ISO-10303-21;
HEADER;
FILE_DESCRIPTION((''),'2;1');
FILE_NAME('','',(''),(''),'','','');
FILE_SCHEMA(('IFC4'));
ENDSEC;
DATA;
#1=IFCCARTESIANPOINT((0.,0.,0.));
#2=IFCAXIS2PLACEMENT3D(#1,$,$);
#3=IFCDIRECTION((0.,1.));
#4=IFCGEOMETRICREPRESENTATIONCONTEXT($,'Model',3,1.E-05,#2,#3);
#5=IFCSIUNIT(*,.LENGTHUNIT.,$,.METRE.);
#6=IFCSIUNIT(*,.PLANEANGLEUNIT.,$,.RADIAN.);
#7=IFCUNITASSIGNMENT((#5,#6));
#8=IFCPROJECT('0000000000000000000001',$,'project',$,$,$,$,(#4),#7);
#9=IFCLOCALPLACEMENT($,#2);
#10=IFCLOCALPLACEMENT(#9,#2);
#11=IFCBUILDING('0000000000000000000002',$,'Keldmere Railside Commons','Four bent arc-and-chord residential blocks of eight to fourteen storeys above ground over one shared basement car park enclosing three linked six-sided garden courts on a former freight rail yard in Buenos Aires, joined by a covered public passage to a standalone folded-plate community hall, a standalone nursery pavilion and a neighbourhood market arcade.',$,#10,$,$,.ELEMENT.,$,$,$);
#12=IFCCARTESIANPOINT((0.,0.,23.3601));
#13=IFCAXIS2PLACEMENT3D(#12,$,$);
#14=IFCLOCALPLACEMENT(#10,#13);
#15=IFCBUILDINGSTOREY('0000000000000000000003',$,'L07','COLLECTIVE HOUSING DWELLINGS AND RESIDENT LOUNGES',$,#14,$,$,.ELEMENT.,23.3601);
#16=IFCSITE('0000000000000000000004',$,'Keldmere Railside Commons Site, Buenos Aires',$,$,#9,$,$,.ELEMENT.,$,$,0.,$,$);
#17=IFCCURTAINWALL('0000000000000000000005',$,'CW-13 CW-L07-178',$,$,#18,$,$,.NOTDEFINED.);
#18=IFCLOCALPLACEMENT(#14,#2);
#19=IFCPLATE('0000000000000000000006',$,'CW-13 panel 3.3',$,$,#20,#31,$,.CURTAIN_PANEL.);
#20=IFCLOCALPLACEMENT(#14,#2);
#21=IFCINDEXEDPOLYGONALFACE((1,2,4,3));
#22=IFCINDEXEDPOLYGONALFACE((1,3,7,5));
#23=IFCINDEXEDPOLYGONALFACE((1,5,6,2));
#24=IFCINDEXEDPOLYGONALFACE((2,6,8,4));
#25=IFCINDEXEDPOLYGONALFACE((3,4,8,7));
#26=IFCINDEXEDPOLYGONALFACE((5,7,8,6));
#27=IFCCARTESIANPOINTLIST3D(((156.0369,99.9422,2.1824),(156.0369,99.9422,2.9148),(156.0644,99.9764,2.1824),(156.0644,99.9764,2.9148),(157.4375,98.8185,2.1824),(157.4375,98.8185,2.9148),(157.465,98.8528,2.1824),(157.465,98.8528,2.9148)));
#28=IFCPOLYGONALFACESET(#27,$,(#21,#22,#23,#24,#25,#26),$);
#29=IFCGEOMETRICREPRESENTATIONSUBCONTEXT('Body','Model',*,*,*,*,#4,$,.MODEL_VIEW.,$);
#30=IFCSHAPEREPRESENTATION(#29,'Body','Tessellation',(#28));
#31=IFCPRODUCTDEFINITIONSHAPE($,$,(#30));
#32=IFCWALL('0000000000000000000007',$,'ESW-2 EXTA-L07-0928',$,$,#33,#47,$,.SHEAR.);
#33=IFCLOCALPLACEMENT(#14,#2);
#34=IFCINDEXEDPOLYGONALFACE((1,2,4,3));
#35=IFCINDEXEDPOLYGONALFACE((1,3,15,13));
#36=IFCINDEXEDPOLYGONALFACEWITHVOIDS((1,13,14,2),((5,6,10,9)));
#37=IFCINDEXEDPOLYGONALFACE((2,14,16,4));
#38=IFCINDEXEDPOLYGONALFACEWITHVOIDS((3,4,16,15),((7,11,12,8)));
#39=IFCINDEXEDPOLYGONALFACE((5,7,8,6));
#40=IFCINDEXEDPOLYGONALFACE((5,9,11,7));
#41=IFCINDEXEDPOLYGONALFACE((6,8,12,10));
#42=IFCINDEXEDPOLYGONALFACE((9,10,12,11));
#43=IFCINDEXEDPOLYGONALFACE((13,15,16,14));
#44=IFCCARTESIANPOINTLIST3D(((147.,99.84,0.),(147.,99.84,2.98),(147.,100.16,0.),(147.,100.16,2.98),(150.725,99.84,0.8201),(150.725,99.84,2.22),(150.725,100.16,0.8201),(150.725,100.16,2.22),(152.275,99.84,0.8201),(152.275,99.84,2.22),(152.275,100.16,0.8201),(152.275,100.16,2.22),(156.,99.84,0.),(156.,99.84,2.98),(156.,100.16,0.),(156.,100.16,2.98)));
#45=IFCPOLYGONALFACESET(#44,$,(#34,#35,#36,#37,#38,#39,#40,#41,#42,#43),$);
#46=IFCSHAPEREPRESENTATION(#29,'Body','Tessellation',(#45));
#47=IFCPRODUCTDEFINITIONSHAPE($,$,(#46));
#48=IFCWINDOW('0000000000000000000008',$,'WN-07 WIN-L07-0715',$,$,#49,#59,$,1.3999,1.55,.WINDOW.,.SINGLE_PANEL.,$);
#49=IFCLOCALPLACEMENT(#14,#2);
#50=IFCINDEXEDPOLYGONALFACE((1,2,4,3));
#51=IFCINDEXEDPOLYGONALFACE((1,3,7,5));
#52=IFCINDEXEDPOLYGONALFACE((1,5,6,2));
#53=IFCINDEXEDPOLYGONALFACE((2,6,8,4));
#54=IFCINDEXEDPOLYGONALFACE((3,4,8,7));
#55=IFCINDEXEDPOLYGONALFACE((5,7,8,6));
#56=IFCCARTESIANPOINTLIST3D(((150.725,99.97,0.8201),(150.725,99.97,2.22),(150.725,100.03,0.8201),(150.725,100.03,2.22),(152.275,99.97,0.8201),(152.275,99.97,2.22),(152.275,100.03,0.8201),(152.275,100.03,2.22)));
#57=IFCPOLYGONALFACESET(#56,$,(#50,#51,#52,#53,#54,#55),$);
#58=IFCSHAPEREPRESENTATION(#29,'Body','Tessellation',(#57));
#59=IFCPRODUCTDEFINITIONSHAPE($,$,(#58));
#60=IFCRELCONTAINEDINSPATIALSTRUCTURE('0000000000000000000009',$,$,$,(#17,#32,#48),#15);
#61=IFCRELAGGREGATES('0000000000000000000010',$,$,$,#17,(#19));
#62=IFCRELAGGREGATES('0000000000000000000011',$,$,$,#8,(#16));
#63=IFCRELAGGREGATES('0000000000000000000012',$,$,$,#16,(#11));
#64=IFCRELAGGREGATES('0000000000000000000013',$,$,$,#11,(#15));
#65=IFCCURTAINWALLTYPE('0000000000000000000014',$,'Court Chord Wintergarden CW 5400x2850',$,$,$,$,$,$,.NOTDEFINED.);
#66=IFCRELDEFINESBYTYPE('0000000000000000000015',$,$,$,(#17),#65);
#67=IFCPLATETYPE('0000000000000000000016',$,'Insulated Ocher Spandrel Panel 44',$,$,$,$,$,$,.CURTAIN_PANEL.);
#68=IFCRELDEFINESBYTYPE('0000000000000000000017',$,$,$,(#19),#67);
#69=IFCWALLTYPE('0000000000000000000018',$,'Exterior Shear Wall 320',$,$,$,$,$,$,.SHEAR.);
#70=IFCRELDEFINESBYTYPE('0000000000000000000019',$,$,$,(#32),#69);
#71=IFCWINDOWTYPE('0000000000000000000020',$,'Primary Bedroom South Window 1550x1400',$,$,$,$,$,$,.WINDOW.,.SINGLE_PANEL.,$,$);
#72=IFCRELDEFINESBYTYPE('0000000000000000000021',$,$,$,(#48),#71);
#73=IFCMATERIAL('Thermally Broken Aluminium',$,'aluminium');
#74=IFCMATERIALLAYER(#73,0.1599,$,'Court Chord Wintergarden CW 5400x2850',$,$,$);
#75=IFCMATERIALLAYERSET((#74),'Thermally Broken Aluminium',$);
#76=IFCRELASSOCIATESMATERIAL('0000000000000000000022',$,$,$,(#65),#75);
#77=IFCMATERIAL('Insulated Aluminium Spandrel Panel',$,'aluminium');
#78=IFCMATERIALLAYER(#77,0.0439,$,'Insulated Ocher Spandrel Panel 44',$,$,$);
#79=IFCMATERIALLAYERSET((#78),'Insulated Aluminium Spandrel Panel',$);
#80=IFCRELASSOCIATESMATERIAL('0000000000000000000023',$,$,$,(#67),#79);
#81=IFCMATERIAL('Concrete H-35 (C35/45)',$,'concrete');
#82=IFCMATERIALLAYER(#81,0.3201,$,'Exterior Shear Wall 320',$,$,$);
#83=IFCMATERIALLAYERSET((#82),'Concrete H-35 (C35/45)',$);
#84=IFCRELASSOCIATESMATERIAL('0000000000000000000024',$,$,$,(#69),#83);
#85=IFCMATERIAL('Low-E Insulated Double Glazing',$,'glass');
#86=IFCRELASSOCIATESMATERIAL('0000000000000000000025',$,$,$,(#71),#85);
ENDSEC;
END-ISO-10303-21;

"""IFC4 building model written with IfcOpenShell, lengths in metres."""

from ifc_helpers import new_model, si_unit, direction, frame, frame_2d, origin, origin_2d, place, context, subcontext, project, spatial, rectangle, extrude, material, layer, layer_set, type_object, element, fill, aggregate, save


model = new_model("IFC4")

# Units and contexts
model_context = context("Model", 3, precision=1e-05, world=origin(), true_north=direction((0.0, 1.0)))
body_context = subcontext(model_context, "Body", "Model", "MODEL_VIEW")
ifc_project = project(units=[si_unit("LENGTHUNIT", "METRE"), si_unit("PLANEANGLEUNIT", "RADIAN")], contexts=[model_context])

# Site, building, storey
site_placement = place(None, origin())
site = spatial("IfcSite", under=ifc_project, at=site_placement, Name="Keldmere Railside Commons Site, Buenos Aires", CompositionType="ELEMENT", RefElevation=0.0)
building_placement = place(site_placement, origin())
building = spatial("IfcBuilding", under=site, at=building_placement, Name="Keldmere Railside Commons", Description="Four bent arc-and-chord residential blocks of eight to fourteen storeys above ground over one shared basement car park enclosing three linked six-sided garden courts on a former freight rail yard in Buenos Aires, joined by a covered public passage to a standalone folded-plate community hall, a standalone nursery pavilion and a neighbourhood market arcade.", CompositionType="ELEMENT")
storey_placement = place(building_placement, frame((0.0, 0.0, 23.3601)))
storey = spatial("IfcBuildingStorey", under=building, at=storey_placement, Name="L07", Description="COLLECTIVE HOUSING DWELLINGS AND RESIDENT LOUNGES", CompositionType="ELEMENT", Elevation=23.3601)

# Curtain wall, plate
ifc_material_1 = material(Name="Thermally Broken Aluminium", Category="aluminium")
ifc_layer_1 = layer(ifc_material_1, 0.1599, Name="Court Chord Wintergarden CW 5400x2850")
ifc_layer_set_1 = layer_set([ifc_layer_1], Name="Thermally Broken Aluminium")
curtain_wall_type = type_object("IfcCurtainWallType", Name="Court Chord Wintergarden CW 5400x2850", PredefinedType="NOTDEFINED", material=ifc_layer_set_1)
curtain_wall_placement = place(storey_placement, origin())
curtain_wall = element("IfcCurtainWall", 1, at=curtain_wall_placement, inside=storey, type_object=curtain_wall_type, Name="CW-13 CW-L07-178", PredefinedType="NOTDEFINED")
ifc_material_2 = material(Name="Insulated Aluminium Spandrel Panel", Category="aluminium")
ifc_layer_2 = layer(ifc_material_2, 0.0439, Name="Insulated Ocher Spandrel Panel 44")
ifc_layer_set_2 = layer_set([ifc_layer_2], Name="Insulated Aluminium Spandrel Panel")
plate_type = type_object("IfcPlateType", Name="Insulated Ocher Spandrel Panel 44", PredefinedType="CURTAIN_PANEL", material=ifc_layer_set_2)
plate_1_placement = place(storey_placement, frame((156.751, 99.3975, 2.1824), z_axis=(0.0, 0.0, 1.0), x_axis=(-0.780009, 0.625768, 0.0)))
plate_1 = element("IfcPlate", 2, at=plate_1_placement, type_object=plate_type, Name="CW-13 panel 3.3", PredefinedType="CURTAIN_PANEL", context=body_context, shape_type="SweptSolid", body=[
    extrude(rectangle(XDim=1.7957, YDim=0.0439, at=origin_2d()), origin(), (0.0, 0.0, 1.0), 0.7324),
])
aggregate(curtain_wall, [plate_1])

# Wall, opening, window
ifc_material_3 = material(Name="Concrete H-35 (C35/45)", Category="concrete")
ifc_layer_3 = layer(ifc_material_3, 0.3201, Name="Exterior Shear Wall 320")
ifc_layer_set_3 = layer_set([ifc_layer_3], Name="Concrete H-35 (C35/45)")
wall_type = type_object("IfcWallType", Name="Exterior Shear Wall 320", PredefinedType="SHEAR", material=ifc_layer_set_3)
wall_placement = place(storey_placement, frame((156.0, 100.0, 0.0), z_axis=(0.0, 0.0, 1.0), x_axis=(-1.0, 0.0, 0.0)))
wall = element("IfcWall", 3, at=wall_placement, inside=storey, type_object=wall_type, Name="ESW-2 EXTA-L07-0928", PredefinedType="SHEAR", context=body_context, shape_type="SweptSolid", body=[
    extrude(rectangle(XDim=9.0, YDim=0.3201, at=frame_2d((4.5, 0.0))), origin(), (0.0, 0.0, 1.0), 2.98),
])
opening_placement = place(wall_placement, frame((3.7251, 0.0, 0.8201)))
opening = element("IfcOpeningElement", 4, at=opening_placement, cuts=wall, PredefinedType="OPENING", context=body_context, shape_type="SweptSolid", body=[
    extrude(rectangle(XDim=1.55, YDim=1.3999, at=frame_2d((0.7749, 0.7))), frame((0.0, 0.1699, 0.0), z_axis=(0.0, -1.0, 0.0), x_axis=(1.0, 0.0, 0.0)), (0.0, 0.0, 1.0), 0.3401),
])
ifc_material_4 = material(Name="Low-E Insulated Double Glazing", Category="glass")
window_type = type_object("IfcWindowType", Name="Primary Bedroom South Window 1550x1400", PartitioningType="SINGLE_PANEL", PredefinedType="WINDOW", material=ifc_material_4)
window_placement = place(opening_placement, origin())
window = element("IfcWindow", 5, at=window_placement, inside=storey, type_object=window_type, Name="WN-07 WIN-L07-0715", OverallHeight=1.3999, OverallWidth=1.55, PartitioningType="SINGLE_PANEL", PredefinedType="WINDOW", context=body_context, shape_type="SweptSolid", body=[
    extrude(rectangle(XDim=1.55, YDim=1.3999, at=frame_2d((0.7749, 0.7))), frame((0.0, 0.03, 0.0), z_axis=(0.0, -1.0, 0.0), x_axis=(1.0, 0.0, 0.0)), (0.0, 0.0, 1.0), 0.0601),
])
fill(opening, window)

save(model, "model.ifc")
